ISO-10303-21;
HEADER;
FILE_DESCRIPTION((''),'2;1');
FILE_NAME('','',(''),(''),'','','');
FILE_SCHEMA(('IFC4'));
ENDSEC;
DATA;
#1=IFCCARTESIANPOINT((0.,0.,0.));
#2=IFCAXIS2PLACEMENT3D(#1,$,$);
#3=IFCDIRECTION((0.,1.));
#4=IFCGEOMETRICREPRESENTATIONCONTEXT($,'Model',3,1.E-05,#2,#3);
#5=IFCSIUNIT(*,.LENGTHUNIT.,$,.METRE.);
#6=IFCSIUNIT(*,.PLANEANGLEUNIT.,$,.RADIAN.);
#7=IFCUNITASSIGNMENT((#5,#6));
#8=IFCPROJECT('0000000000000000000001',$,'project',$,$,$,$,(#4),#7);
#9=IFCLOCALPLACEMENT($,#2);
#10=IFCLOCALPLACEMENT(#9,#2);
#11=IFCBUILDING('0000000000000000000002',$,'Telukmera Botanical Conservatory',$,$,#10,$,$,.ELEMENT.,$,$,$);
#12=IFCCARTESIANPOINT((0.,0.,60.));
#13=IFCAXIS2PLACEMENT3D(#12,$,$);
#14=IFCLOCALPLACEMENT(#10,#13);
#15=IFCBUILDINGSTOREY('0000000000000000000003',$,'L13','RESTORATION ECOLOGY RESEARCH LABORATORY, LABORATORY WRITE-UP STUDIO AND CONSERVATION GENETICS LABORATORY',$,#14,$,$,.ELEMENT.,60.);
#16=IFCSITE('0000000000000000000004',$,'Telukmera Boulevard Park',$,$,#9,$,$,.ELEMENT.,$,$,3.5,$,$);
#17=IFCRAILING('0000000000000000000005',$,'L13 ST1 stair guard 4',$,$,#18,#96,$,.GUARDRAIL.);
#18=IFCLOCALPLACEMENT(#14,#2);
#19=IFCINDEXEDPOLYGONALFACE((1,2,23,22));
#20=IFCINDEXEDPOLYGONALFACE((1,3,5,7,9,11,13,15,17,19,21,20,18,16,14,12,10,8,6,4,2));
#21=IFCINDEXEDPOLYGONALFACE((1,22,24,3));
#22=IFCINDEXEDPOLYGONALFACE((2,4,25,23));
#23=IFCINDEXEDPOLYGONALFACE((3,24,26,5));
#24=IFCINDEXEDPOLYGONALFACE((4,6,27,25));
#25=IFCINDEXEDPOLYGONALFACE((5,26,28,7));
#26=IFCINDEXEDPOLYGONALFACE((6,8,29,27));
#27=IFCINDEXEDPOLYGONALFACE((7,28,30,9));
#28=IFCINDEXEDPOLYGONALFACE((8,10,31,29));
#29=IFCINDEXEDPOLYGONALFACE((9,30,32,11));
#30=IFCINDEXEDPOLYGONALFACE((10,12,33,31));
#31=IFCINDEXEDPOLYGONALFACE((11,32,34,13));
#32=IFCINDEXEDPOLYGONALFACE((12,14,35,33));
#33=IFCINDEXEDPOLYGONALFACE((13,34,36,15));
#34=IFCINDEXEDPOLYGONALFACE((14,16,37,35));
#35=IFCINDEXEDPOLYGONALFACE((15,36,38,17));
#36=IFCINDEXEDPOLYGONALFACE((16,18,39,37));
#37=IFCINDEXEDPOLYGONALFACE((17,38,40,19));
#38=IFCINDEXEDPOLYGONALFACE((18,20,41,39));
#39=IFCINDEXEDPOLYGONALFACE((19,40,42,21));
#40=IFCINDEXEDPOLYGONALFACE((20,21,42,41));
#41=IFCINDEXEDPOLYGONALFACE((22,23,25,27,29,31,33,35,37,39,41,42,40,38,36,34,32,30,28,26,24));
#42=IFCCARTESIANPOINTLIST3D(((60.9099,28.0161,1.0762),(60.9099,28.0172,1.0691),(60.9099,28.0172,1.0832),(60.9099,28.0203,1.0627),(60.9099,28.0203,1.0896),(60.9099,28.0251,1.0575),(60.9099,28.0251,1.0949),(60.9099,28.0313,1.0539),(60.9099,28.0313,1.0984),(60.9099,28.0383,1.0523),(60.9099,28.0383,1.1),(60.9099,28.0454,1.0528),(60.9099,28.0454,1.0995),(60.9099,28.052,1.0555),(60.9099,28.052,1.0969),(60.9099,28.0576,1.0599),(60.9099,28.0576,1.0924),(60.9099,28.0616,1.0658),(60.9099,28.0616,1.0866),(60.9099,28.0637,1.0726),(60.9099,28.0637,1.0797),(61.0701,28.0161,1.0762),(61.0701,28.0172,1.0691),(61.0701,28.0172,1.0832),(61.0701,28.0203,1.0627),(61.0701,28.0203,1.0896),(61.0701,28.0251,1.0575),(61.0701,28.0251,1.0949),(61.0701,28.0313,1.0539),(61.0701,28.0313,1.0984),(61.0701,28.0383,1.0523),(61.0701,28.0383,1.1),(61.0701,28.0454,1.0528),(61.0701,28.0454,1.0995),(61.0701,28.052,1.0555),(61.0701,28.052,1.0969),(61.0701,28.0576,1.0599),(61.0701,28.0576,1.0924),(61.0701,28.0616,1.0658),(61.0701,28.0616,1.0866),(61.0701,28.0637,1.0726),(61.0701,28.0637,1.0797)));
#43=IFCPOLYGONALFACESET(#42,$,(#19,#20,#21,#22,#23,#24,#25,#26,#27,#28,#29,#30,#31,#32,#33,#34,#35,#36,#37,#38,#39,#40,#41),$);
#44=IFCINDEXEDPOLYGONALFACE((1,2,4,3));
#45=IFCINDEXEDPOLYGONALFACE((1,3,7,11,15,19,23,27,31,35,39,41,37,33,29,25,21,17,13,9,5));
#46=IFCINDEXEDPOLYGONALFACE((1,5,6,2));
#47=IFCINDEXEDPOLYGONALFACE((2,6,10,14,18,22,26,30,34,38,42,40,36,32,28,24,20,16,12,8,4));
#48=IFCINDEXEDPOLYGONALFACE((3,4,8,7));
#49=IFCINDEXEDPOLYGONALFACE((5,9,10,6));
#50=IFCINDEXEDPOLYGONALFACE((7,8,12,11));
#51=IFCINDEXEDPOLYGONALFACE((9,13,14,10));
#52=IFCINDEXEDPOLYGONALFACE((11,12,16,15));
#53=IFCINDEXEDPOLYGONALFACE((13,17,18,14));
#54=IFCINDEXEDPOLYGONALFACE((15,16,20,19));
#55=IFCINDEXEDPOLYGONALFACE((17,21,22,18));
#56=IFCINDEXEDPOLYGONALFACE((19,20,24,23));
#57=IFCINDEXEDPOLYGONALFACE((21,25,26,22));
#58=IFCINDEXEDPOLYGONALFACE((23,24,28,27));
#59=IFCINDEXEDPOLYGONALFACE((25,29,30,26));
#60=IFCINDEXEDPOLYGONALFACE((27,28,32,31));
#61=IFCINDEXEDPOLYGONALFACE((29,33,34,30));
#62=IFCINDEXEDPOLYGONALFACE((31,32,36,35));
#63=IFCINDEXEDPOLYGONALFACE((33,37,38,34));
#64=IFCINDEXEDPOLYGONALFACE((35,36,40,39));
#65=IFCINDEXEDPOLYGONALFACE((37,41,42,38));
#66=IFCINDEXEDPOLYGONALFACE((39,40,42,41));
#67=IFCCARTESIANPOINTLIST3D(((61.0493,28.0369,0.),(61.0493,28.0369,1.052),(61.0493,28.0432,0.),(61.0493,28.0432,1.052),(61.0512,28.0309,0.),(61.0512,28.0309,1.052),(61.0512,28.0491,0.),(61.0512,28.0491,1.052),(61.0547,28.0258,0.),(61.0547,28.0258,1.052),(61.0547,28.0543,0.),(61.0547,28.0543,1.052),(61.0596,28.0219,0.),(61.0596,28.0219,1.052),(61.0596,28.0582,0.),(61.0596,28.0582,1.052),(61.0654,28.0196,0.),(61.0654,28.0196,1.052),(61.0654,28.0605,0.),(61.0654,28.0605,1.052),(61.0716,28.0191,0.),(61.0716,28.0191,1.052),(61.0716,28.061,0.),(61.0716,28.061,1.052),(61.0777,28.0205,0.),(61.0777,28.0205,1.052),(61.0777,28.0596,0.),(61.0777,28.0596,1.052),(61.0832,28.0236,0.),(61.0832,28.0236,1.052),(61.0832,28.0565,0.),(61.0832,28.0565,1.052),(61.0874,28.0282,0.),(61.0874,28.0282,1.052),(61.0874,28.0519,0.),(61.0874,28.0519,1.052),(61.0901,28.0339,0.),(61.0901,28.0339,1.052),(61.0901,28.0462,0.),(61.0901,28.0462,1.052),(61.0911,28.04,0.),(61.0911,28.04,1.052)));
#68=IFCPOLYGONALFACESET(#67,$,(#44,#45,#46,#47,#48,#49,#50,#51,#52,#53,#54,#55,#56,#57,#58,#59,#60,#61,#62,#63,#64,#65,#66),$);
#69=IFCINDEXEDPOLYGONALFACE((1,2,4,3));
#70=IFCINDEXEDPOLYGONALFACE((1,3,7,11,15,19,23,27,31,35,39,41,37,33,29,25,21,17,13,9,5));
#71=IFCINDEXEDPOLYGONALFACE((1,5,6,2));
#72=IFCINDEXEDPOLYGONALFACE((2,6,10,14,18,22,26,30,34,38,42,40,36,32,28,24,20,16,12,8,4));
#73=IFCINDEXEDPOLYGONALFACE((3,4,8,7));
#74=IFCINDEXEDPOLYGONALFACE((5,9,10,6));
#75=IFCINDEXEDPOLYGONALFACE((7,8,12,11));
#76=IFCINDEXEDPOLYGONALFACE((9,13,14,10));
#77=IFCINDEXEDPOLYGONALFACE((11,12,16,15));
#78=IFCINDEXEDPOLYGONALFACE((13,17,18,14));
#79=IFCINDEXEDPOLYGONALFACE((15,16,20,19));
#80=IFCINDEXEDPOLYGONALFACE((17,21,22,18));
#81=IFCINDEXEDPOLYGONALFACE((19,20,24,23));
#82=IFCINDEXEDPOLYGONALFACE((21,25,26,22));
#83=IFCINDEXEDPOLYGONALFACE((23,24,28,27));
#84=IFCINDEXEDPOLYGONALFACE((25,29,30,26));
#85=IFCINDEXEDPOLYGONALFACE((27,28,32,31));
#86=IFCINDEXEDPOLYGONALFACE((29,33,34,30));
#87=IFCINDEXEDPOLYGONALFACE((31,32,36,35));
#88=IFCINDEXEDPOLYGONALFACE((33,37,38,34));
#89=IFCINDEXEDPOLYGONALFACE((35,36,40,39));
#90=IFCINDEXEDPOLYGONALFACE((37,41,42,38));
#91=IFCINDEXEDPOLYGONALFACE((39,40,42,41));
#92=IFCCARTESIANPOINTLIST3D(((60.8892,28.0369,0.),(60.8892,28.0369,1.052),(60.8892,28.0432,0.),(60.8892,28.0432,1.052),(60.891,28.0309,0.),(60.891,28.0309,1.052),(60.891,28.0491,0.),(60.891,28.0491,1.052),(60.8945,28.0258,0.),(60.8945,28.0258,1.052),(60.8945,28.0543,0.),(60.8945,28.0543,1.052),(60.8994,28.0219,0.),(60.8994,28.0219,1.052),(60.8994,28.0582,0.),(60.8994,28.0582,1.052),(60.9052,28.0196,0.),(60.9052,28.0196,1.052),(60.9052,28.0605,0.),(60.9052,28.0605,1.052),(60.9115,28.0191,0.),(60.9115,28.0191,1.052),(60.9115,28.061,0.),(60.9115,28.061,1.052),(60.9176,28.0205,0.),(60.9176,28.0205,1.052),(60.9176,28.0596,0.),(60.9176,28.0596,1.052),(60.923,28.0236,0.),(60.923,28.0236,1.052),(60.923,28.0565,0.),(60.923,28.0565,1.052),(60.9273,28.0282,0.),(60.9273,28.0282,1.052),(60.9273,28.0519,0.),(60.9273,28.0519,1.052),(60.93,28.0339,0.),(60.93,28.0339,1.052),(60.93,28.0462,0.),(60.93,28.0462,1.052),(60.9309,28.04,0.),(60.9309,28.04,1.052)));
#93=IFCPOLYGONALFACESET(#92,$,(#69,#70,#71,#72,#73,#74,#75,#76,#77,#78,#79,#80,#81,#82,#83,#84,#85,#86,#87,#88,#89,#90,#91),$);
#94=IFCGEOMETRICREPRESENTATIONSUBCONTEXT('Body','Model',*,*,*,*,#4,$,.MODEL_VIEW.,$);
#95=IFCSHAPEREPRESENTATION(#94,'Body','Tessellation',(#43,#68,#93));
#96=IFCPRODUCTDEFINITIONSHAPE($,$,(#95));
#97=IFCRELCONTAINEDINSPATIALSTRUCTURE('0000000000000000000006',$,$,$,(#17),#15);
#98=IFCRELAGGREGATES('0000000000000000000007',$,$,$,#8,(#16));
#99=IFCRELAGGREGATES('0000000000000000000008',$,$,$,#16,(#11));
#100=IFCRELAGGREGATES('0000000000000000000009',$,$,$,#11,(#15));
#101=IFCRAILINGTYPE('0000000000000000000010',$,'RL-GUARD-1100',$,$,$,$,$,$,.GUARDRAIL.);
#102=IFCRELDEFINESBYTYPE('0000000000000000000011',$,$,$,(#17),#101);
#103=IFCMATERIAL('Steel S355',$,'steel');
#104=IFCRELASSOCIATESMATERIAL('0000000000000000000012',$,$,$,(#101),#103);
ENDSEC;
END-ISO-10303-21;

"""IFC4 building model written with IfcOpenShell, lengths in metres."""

from ifc_helpers import new_model, si_unit, direction, frame, origin, origin_2d, place, context, subcontext, project, spatial, circle, extrude, material, type_object, element, save


model = new_model("IFC4")

# Units and contexts
model_context = context("Model", 3, precision=1e-05, world=origin(), true_north=direction((0.0, 1.0)))
body_context = subcontext(model_context, "Body", "Model", "MODEL_VIEW")
ifc_project = project(units=[si_unit("LENGTHUNIT", "METRE"), si_unit("PLANEANGLEUNIT", "RADIAN")], contexts=[model_context])

# Site, building, storey
site_placement = place(None, origin())
site = spatial("IfcSite", under=ifc_project, at=site_placement, Name="Telukmera Boulevard Park", CompositionType="ELEMENT", RefElevation=3.5)
building_placement = place(site_placement, origin())
building = spatial("IfcBuilding", under=site, at=building_placement, Name="Telukmera Botanical Conservatory", CompositionType="ELEMENT")
storey_placement = place(building_placement, frame((0.0, 0.0, 60.0)))
storey = spatial("IfcBuildingStorey", under=building, at=storey_placement, Name="L13", Description="RESTORATION ECOLOGY RESEARCH LABORATORY, LABORATORY WRITE-UP STUDIO AND CONSERVATION GENETICS LABORATORY", CompositionType="ELEMENT", Elevation=60.0)

# Railing
ifc_material_1 = material(Name="Steel S355", Category="steel")
railing_type_1 = type_object("IfcRailingType", Name="RL-GUARD-1100", PredefinedType="GUARDRAIL", material=ifc_material_1)
railing_1_placement = place(storey_placement, frame((61.0701, 28.04, 0.0)))
element("IfcRailing", 1, at=railing_1_placement, inside=storey, type_object=railing_type_1, Name="L13 ST1 stair guard 4", PredefinedType="GUARDRAIL", context=body_context, shape_type="SweptSolid", body=[
    extrude(circle(Radius=0.0239, at=origin_2d()), frame((0.0, 0.0, 1.0762), z_axis=(-1.0, 0.0, 0.0), x_axis=(0.0, -1.0, 0.0)), (0.0, 0.0, 1.0), 0.1602),
    extrude(circle(Radius=0.021, at=origin_2d()), origin(), (0.0, 0.0, 1.0), 1.052),
    extrude(circle(Radius=0.021, at=origin_2d()), frame((-0.1602, 0.0, 0.0)), (0.0, 0.0, 1.0), 1.052),
])

save(model, "model.ifc")
